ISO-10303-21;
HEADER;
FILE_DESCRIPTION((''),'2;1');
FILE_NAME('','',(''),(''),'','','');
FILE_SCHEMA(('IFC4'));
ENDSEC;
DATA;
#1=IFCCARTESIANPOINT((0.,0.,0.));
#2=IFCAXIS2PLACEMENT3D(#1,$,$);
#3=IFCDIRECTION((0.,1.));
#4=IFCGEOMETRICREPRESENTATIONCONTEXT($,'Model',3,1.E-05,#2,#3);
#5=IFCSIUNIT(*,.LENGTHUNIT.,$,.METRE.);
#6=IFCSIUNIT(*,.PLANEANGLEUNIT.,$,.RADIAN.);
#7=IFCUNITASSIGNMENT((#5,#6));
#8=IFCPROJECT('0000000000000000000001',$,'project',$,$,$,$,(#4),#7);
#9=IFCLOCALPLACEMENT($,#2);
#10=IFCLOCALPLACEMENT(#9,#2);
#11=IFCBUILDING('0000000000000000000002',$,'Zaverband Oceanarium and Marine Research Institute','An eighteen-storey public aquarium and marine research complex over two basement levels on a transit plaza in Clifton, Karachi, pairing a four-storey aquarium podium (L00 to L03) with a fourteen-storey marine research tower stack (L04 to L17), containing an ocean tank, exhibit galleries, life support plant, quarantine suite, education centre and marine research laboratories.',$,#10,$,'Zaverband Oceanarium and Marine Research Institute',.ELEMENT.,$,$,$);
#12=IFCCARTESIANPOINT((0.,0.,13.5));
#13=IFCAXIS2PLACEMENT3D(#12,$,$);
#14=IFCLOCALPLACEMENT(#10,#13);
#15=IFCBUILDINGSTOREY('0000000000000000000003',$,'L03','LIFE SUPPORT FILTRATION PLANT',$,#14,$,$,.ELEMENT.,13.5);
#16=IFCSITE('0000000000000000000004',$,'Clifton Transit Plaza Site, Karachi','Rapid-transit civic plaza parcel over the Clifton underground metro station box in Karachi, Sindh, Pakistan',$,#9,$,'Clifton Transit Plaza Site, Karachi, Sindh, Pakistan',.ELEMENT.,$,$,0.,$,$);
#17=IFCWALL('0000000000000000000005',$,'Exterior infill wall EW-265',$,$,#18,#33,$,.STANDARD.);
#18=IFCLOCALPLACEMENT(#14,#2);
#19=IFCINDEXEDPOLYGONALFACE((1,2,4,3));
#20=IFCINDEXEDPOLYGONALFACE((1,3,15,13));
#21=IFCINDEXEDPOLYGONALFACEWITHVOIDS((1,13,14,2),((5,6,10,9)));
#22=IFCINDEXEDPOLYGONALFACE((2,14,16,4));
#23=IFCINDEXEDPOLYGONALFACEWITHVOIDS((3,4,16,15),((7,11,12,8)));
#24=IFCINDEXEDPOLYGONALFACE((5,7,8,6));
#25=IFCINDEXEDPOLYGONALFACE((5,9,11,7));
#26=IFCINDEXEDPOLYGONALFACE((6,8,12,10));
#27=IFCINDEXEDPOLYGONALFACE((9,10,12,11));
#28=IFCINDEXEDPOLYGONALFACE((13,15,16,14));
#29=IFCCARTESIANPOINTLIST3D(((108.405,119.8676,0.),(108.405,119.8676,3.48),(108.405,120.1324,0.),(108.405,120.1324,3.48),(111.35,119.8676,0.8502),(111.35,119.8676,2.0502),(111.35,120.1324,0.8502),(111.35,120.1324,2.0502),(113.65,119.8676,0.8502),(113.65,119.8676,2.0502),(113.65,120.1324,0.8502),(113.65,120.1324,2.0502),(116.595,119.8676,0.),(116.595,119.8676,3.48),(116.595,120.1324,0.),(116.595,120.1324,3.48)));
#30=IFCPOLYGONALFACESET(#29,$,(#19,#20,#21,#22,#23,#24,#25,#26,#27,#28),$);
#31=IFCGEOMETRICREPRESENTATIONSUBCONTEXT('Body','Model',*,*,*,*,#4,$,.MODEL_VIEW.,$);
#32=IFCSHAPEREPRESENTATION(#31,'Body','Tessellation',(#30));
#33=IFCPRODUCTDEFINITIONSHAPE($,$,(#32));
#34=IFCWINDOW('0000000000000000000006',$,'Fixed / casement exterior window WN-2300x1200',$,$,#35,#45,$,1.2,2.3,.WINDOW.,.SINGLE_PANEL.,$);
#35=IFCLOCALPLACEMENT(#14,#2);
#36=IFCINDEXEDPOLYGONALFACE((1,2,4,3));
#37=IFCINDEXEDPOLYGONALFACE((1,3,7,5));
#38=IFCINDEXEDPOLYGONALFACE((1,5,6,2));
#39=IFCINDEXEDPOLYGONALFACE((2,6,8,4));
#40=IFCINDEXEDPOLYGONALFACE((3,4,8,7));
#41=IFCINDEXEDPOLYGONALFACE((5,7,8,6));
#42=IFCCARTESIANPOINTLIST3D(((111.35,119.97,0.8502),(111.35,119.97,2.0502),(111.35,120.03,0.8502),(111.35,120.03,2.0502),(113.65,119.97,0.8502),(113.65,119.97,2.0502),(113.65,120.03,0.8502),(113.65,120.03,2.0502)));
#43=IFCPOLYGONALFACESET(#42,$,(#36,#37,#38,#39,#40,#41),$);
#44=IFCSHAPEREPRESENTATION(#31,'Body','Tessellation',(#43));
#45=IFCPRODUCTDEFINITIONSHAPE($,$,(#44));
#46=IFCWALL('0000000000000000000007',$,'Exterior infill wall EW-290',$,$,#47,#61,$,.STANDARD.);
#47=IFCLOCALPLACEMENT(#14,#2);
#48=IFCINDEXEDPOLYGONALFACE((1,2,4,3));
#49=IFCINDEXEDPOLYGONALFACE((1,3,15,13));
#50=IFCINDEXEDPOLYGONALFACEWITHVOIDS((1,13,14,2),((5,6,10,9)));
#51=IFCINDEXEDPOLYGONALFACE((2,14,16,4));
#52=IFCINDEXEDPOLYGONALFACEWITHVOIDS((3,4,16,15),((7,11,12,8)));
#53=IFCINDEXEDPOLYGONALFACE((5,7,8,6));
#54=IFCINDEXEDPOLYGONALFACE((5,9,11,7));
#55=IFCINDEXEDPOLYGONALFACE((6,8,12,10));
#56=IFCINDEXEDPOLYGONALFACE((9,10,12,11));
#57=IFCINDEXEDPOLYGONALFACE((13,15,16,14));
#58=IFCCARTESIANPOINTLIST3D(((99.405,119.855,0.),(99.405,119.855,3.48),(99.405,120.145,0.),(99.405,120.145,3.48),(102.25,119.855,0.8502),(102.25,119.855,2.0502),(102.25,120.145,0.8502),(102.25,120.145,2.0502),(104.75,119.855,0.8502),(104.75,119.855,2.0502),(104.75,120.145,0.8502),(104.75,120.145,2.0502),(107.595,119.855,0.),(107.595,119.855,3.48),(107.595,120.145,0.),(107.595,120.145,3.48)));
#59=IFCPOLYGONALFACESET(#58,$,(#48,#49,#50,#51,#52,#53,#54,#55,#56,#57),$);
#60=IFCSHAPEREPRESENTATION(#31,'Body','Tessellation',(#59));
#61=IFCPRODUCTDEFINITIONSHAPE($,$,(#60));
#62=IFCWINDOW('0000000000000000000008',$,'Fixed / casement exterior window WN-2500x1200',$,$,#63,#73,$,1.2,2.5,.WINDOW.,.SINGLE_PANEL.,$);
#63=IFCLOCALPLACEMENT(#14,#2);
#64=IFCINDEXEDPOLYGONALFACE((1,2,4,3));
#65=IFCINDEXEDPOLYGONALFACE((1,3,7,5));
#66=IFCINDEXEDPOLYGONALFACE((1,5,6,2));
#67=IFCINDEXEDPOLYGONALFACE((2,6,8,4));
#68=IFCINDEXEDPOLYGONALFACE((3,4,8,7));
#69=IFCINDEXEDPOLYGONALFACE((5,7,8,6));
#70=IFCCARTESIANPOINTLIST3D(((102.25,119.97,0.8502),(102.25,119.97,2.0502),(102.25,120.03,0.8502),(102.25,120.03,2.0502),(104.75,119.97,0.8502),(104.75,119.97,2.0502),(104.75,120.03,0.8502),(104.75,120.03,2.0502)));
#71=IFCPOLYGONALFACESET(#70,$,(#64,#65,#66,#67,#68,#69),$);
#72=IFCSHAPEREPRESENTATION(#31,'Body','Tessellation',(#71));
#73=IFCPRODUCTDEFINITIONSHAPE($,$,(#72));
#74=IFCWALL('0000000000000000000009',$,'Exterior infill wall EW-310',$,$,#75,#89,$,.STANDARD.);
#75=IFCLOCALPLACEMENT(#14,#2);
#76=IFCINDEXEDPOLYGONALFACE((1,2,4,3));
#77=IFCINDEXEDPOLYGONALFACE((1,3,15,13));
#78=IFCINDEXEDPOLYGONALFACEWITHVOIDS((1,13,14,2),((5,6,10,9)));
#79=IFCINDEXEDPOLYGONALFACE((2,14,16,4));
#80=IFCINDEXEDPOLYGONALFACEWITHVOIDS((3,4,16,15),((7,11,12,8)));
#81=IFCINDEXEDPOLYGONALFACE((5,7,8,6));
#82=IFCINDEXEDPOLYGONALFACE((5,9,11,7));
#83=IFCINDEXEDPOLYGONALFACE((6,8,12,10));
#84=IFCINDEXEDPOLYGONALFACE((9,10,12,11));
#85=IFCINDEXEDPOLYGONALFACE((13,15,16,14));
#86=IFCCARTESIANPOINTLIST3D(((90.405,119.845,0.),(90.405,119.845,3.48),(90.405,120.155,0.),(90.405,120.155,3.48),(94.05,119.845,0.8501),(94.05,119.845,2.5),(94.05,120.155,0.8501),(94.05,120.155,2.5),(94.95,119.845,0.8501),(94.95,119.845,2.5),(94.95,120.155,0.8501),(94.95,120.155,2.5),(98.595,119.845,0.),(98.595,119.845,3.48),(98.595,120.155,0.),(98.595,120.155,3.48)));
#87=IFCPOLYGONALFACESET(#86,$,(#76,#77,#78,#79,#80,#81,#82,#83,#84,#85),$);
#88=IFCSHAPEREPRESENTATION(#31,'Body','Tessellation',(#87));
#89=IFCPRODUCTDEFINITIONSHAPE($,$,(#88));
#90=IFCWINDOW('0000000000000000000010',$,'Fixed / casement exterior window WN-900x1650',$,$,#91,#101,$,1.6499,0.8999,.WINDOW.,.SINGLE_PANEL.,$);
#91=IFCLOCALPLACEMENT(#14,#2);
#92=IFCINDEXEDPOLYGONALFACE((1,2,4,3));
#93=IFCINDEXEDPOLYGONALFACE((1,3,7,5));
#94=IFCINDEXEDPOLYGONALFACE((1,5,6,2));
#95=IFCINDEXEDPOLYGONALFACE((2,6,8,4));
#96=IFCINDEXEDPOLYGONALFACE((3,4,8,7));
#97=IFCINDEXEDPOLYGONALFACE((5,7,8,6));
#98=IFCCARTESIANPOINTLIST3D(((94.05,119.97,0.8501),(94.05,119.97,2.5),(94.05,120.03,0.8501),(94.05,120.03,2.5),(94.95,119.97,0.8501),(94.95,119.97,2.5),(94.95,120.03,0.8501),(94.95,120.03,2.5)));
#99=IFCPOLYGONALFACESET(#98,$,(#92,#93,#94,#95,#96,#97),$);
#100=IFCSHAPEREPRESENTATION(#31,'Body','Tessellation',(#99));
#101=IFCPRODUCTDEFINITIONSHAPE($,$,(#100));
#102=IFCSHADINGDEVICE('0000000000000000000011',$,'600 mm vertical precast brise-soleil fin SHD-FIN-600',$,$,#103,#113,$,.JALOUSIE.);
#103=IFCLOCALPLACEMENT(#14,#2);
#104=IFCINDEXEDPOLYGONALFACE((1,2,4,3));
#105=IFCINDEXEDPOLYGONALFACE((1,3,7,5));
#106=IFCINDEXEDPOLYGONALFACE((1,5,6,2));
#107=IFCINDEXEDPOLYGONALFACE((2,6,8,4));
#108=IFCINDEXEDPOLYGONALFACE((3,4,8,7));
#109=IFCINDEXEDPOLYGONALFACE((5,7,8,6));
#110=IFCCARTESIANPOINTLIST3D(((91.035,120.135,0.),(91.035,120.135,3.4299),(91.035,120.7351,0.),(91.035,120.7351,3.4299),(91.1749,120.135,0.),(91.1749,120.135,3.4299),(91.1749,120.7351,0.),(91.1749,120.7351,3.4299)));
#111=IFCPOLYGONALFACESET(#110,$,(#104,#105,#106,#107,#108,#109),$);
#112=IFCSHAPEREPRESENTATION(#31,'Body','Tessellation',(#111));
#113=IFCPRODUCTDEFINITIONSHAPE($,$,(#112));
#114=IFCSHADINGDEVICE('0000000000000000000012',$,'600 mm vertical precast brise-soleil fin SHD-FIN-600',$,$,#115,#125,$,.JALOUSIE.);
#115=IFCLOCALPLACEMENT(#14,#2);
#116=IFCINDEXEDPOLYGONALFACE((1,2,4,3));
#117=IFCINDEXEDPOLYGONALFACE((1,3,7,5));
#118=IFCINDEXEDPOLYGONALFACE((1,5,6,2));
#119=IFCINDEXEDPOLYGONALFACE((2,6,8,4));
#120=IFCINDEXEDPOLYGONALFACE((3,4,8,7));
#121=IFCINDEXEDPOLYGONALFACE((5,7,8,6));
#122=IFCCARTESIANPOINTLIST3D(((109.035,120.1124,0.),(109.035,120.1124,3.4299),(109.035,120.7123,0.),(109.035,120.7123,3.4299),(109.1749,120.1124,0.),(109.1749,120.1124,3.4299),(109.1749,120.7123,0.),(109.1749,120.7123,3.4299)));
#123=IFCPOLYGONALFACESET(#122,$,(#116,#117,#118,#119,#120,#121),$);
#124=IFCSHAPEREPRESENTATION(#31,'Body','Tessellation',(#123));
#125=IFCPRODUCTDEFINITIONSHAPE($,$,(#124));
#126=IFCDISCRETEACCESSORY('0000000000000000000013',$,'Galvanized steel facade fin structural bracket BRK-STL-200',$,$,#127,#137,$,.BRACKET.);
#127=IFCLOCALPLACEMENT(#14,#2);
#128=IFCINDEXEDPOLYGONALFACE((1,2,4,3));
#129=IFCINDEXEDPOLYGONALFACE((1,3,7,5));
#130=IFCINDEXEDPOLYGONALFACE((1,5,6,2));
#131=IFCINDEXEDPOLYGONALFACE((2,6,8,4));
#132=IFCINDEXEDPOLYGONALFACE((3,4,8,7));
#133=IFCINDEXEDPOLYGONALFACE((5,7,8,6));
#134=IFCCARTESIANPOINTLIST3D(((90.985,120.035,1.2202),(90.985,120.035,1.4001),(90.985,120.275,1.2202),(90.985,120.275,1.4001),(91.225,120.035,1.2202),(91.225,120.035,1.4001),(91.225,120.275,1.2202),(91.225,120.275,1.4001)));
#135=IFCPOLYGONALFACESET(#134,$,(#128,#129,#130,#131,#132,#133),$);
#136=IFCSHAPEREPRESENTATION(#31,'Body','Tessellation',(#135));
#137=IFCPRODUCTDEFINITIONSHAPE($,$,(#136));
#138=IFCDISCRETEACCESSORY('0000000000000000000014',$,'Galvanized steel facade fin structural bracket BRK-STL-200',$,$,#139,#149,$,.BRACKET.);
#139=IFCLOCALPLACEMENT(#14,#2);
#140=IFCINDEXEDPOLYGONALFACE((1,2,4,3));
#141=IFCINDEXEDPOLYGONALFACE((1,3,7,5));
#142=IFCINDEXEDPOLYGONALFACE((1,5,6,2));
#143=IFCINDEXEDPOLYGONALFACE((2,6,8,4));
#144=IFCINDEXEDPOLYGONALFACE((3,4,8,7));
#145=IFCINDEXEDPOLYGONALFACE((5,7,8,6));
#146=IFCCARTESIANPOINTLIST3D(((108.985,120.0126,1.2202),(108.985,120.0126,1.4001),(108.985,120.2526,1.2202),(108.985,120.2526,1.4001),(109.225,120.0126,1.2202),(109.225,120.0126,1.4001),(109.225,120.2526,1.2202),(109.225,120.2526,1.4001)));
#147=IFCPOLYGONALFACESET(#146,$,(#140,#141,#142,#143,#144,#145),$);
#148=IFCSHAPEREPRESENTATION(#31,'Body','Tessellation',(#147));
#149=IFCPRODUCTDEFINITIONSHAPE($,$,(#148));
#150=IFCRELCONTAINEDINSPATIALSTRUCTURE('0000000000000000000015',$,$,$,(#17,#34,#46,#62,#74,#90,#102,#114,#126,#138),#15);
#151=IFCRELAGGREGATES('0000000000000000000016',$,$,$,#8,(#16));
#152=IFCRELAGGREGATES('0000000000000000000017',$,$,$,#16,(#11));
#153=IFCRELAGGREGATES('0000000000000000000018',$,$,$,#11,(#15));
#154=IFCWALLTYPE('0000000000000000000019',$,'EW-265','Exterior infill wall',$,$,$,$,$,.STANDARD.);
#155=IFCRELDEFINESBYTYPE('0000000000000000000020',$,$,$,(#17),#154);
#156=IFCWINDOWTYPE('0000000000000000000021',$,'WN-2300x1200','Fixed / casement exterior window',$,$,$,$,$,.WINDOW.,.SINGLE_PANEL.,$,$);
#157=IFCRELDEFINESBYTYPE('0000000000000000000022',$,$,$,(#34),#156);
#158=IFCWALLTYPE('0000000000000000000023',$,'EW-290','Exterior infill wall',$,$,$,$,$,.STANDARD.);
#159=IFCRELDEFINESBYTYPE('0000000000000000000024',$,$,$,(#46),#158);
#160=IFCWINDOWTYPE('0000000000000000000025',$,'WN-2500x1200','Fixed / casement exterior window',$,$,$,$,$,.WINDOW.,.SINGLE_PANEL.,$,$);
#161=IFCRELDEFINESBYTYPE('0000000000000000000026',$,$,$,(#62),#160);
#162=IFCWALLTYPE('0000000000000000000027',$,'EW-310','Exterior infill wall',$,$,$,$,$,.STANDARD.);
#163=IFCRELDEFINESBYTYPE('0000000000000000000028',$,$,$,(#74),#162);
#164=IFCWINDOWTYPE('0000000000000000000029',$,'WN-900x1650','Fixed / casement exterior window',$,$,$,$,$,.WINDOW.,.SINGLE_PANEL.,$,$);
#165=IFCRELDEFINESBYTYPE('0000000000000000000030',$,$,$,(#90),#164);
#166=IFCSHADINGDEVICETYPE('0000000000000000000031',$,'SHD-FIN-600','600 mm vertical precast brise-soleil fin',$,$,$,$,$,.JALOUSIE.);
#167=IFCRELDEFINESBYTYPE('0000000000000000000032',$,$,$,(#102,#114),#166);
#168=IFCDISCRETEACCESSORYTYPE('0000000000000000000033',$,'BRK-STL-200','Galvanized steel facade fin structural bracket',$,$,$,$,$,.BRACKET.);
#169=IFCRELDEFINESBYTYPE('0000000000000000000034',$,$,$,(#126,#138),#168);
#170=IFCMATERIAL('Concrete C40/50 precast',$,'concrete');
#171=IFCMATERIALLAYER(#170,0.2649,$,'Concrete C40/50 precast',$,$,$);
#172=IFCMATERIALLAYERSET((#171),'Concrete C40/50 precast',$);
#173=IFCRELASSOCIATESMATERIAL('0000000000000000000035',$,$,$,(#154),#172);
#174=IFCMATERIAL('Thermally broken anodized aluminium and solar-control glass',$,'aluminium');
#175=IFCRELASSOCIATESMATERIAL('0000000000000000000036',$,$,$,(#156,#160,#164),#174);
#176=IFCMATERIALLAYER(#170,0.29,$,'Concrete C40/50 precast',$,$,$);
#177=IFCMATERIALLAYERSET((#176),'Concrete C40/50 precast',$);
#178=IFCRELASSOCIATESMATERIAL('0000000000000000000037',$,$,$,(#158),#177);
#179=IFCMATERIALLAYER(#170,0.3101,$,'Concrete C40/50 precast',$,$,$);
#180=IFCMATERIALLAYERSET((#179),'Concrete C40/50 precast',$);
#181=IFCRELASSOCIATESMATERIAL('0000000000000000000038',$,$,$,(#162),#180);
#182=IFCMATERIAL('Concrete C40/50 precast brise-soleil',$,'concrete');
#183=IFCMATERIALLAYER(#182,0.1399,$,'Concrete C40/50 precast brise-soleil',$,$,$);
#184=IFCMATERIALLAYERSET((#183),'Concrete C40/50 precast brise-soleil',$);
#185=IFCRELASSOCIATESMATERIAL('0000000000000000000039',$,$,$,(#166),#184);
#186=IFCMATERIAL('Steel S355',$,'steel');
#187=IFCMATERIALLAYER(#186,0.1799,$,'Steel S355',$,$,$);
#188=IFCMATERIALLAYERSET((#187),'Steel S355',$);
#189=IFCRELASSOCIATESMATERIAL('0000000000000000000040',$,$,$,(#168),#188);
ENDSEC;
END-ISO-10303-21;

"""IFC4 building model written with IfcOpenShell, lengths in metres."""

from ifc_helpers import new_model, si_unit, direction, frame, frame_2d, origin, origin_2d, place, context, subcontext, project, spatial, rectangle, extrude, material, layer, layer_set, type_object, element, fill, save


model = new_model("IFC4")

# Units and contexts
model_context = context("Model", 3, precision=1e-05, world=origin(), true_north=direction((0.0, 1.0)))
body_context = subcontext(model_context, "Body", "Model", "MODEL_VIEW")
ifc_project = project(units=[si_unit("LENGTHUNIT", "METRE"), si_unit("PLANEANGLEUNIT", "RADIAN")], contexts=[model_context])

# Site, building, storey
site_placement = place(None, origin())
site = spatial("IfcSite", under=ifc_project, at=site_placement, Name="Clifton Transit Plaza Site, Karachi", Description="Rapid-transit civic plaza parcel over the Clifton underground metro station box in Karachi, Sindh, Pakistan", LongName="Clifton Transit Plaza Site, Karachi, Sindh, Pakistan", CompositionType="ELEMENT", RefElevation=0.0)
building_placement = place(site_placement, origin())
building = spatial("IfcBuilding", under=site, at=building_placement, Name="Zaverband Oceanarium and Marine Research Institute", Description="An eighteen-storey public aquarium and marine research complex over two basement levels on a transit plaza in Clifton, Karachi, pairing a four-storey aquarium podium (L00 to L03) with a fourteen-storey marine research tower stack (L04 to L17), containing an ocean tank, exhibit galleries, life support plant, quarantine suite, education centre and marine research laboratories.", LongName="Zaverband Oceanarium and Marine Research Institute", CompositionType="ELEMENT")
storey_placement = place(building_placement, frame((0.0, 0.0, 13.5)))
storey = spatial("IfcBuildingStorey", under=building, at=storey_placement, Name="L03", Description="LIFE SUPPORT FILTRATION PLANT", CompositionType="ELEMENT", Elevation=13.5)

# Walls, openings, windows
ifc_material_1 = material(Name="Concrete C40/50 precast", Category="concrete")
ifc_layer_1 = layer(ifc_material_1, 0.2649, Name="Concrete C40/50 precast")
ifc_layer_set_1 = layer_set([ifc_layer_1], Name="Concrete C40/50 precast")
wall_type_1 = type_object("IfcWallType", Name="EW-265", Description="Exterior infill wall", PredefinedType="STANDARD", material=ifc_layer_set_1)
wall_1_placement = place(storey_placement, frame((108.405, 120.0, 0.0), z_axis=(0.0, 0.0, 1.0), x_axis=(1.0, 0.0, 0.0)))
wall_1 = element("IfcWall", 1, at=wall_1_placement, inside=storey, type_object=wall_type_1, Name="Exterior infill wall EW-265", PredefinedType="STANDARD", context=body_context, shape_type="SweptSolid", body=[
    extrude(rectangle(XDim=8.1899, YDim=0.2649, at=frame_2d((4.095, 0.0))), origin(), (0.0, 0.0, 1.0), 3.48),
])
opening_1_placement = place(wall_1_placement, frame((2.9451, 0.0, 0.8501)))
opening_1 = element("IfcOpeningElement", 2, at=opening_1_placement, cuts=wall_1, PredefinedType="OPENING", context=body_context, shape_type="SweptSolid", body=[
    extrude(rectangle(XDim=2.3, YDim=1.2, at=frame_2d((1.1499, 0.6001))), frame((0.0, 0.1445, 0.0), z_axis=(0.0, -1.0, 0.0), x_axis=(1.0, 0.0, 0.0)), (0.0, 0.0, 1.0), 0.2888),
])
ifc_material_2 = material(Name="Thermally broken anodized aluminium and solar-control glass", Category="aluminium")
window_type_1 = type_object("IfcWindowType", Name="WN-2300x1200", Description="Fixed / casement exterior window", PartitioningType="SINGLE_PANEL", PredefinedType="WINDOW", material=ifc_material_2)
window_1_placement = place(opening_1_placement, origin())
window_1 = element("IfcWindow", 3, at=window_1_placement, inside=storey, type_object=window_type_1, Name="Fixed / casement exterior window WN-2300x1200", OverallHeight=1.2, OverallWidth=2.3, PartitioningType="SINGLE_PANEL", PredefinedType="WINDOW", context=body_context, shape_type="SweptSolid", body=[
    extrude(rectangle(XDim=2.3, YDim=1.2, at=frame_2d((1.1499, 0.6001))), frame((0.0, 0.03, 0.0), z_axis=(0.0, -1.0, 0.0), x_axis=(1.0, 0.0, 0.0)), (0.0, 0.0, 1.0), 0.0601),
])
fill(opening_1, window_1)
ifc_layer_2 = layer(ifc_material_1, 0.29, Name="Concrete C40/50 precast")
ifc_layer_set_2 = layer_set([ifc_layer_2], Name="Concrete C40/50 precast")
wall_type_2 = type_object("IfcWallType", Name="EW-290", Description="Exterior infill wall", PredefinedType="STANDARD", material=ifc_layer_set_2)
wall_2_placement = place(storey_placement, frame((99.405, 120.0, 0.0), z_axis=(0.0, 0.0, 1.0), x_axis=(1.0, 0.0, 0.0)))
wall_2 = element("IfcWall", 4, at=wall_2_placement, inside=storey, type_object=wall_type_2, Name="Exterior infill wall EW-290", PredefinedType="STANDARD", context=body_context, shape_type="SweptSolid", body=[
    extrude(rectangle(XDim=8.1899, YDim=0.29, at=frame_2d((4.095, 0.0))), origin(), (0.0, 0.0, 1.0), 3.48),
])
opening_2_placement = place(wall_2_placement, frame((2.845, 0.0, 0.8501)))
opening_2 = element("IfcOpeningElement", 5, at=opening_2_placement, cuts=wall_2, PredefinedType="OPENING", context=body_context, shape_type="SweptSolid", body=[
    extrude(rectangle(XDim=2.5, YDim=1.2, at=frame_2d((1.25, 0.6001))), frame((0.0, 0.157, 0.0), z_axis=(0.0, -1.0, 0.0), x_axis=(1.0, 0.0, 0.0)), (0.0, 0.0, 1.0), 0.314),
])
window_type_2 = type_object("IfcWindowType", Name="WN-2500x1200", Description="Fixed / casement exterior window", PartitioningType="SINGLE_PANEL", PredefinedType="WINDOW", material=ifc_material_2)
window_2_placement = place(opening_2_placement, origin())
window_2 = element("IfcWindow", 6, at=window_2_placement, inside=storey, type_object=window_type_2, Name="Fixed / casement exterior window WN-2500x1200", OverallHeight=1.2, OverallWidth=2.5, PartitioningType="SINGLE_PANEL", PredefinedType="WINDOW", context=body_context, shape_type="SweptSolid", body=[
    extrude(rectangle(XDim=2.5, YDim=1.2, at=frame_2d((1.25, 0.6001))), frame((0.0, 0.03, 0.0), z_axis=(0.0, -1.0, 0.0), x_axis=(1.0, 0.0, 0.0)), (0.0, 0.0, 1.0), 0.0601),
])
fill(opening_2, window_2)
ifc_layer_3 = layer(ifc_material_1, 0.3101, Name="Concrete C40/50 precast")
ifc_layer_set_3 = layer_set([ifc_layer_3], Name="Concrete C40/50 precast")
wall_type_3 = type_object("IfcWallType", Name="EW-310", Description="Exterior infill wall", PredefinedType="STANDARD", material=ifc_layer_set_3)
wall_3_placement = place(storey_placement, frame((90.405, 120.0, 0.0), z_axis=(0.0, 0.0, 1.0), x_axis=(1.0, 0.0, 0.0)))
wall_3 = element("IfcWall", 7, at=wall_3_placement, inside=storey, type_object=wall_type_3, Name="Exterior infill wall EW-310", PredefinedType="STANDARD", context=body_context, shape_type="SweptSolid", body=[
    extrude(rectangle(XDim=8.1899, YDim=0.3101, at=frame_2d((4.095, 0.0))), origin(), (0.0, 0.0, 1.0), 3.48),
])
opening_3_placement = place(wall_3_placement, frame((3.645, 0.0, 0.8501)))
opening_3 = element("IfcOpeningElement", 8, at=opening_3_placement, cuts=wall_3, PredefinedType="OPENING", context=body_context, shape_type="SweptSolid", body=[
    extrude(rectangle(XDim=0.8999, YDim=1.6499, at=frame_2d((0.45, 0.825))), frame((0.0, 0.167, 0.0), z_axis=(0.0, -1.0, 0.0), x_axis=(1.0, 0.0, 0.0)), (0.0, 0.0, 1.0), 0.334),
])
window_type_3 = type_object("IfcWindowType", Name="WN-900x1650", Description="Fixed / casement exterior window", PartitioningType="SINGLE_PANEL", PredefinedType="WINDOW", material=ifc_material_2)
window_3_placement = place(opening_3_placement, origin())
window_3 = element("IfcWindow", 9, at=window_3_placement, inside=storey, type_object=window_type_3, Name="Fixed / casement exterior window WN-900x1650", OverallHeight=1.6499, OverallWidth=0.8999, PartitioningType="SINGLE_PANEL", PredefinedType="WINDOW", context=body_context, shape_type="SweptSolid", body=[
    extrude(rectangle(XDim=0.8999, YDim=1.6499, at=frame_2d((0.45, 0.825))), frame((0.0, 0.03, 0.0), z_axis=(0.0, -1.0, 0.0), x_axis=(1.0, 0.0, 0.0)), (0.0, 0.0, 1.0), 0.0601),
])
fill(opening_3, window_3)

# Shading devices
ifc_material_3 = material(Name="Concrete C40/50 precast brise-soleil", Category="concrete")
ifc_layer_4 = layer(ifc_material_3, 0.1399, Name="Concrete C40/50 precast brise-soleil")
ifc_layer_set_4 = layer_set([ifc_layer_4], Name="Concrete C40/50 precast brise-soleil")
shading_device_type = type_object("IfcShadingDeviceType", Name="SHD-FIN-600", Description="600 mm vertical precast brise-soleil fin", PredefinedType="JALOUSIE", material=ifc_layer_set_4)
shading_device_1_placement = place(storey_placement, frame((91.105, 120.135, 0.0), z_axis=(0.0, 0.0, 1.0), x_axis=(0.0, 1.0, 0.0)))
element("IfcShadingDevice", 10, at=shading_device_1_placement, inside=storey, type_object=shading_device_type, Name="600 mm vertical precast brise-soleil fin SHD-FIN-600", PredefinedType="JALOUSIE", context=body_context, shape_type="SweptSolid", body=[
    extrude(rectangle(XDim=0.6001, YDim=0.1399, at=frame_2d((0.3, 0.0))), origin(), (0.0, 0.0, 1.0), 3.4299),
])
shading_device_2_placement = place(storey_placement, frame((109.105, 120.1125, 0.0), z_axis=(0.0, 0.0, 1.0), x_axis=(0.0, 1.0, 0.0)))
element("IfcShadingDevice", 11, at=shading_device_2_placement, inside=storey, type_object=shading_device_type, Name="600 mm vertical precast brise-soleil fin SHD-FIN-600", PredefinedType="JALOUSIE", context=body_context, shape_type="SweptSolid", body=[
    extrude(rectangle(XDim=0.5999, YDim=0.1399, at=frame_2d((0.2998, 0.0))), origin(), (0.0, 0.0, 1.0), 3.4299),
])

# Discrete accessories
ifc_material_4 = material(Name="Steel S355", Category="steel")
ifc_layer_5 = layer(ifc_material_4, 0.1799, Name="Steel S355")
ifc_layer_set_5 = layer_set([ifc_layer_5], Name="Steel S355")
discrete_accessory_type = type_object("IfcDiscreteAccessoryType", Name="BRK-STL-200", Description="Galvanized steel facade fin structural bracket", PredefinedType="BRACKET", material=ifc_layer_set_5)
for number, where, z_axis, x_axis, name in (
    (12, (91.105, 120.155, 1.2202), (0.0, 0.0, 1.0), (1.0, 0.0, 0.0), "Galvanized steel facade fin structural bracket BRK-STL-200"),
    (13, (109.105, 120.1326, 1.2202), (0.0, 0.0, 1.0), (1.0, 0.0, 0.0), "Galvanized steel facade fin structural bracket BRK-STL-200"),
):
    element("IfcDiscreteAccessory", number, at=place(storey_placement, frame(where, z_axis=z_axis, x_axis=x_axis)), inside=storey, type_object=discrete_accessory_type, Name=name, PredefinedType="BRACKET", context=body_context, shape_type="SweptSolid", body=[
        extrude(rectangle(XDim=0.24, YDim=0.24, at=origin_2d()), origin(), (0.0, 0.0, 1.0), 0.1799),
    ])

save(model, "model.ifc")
